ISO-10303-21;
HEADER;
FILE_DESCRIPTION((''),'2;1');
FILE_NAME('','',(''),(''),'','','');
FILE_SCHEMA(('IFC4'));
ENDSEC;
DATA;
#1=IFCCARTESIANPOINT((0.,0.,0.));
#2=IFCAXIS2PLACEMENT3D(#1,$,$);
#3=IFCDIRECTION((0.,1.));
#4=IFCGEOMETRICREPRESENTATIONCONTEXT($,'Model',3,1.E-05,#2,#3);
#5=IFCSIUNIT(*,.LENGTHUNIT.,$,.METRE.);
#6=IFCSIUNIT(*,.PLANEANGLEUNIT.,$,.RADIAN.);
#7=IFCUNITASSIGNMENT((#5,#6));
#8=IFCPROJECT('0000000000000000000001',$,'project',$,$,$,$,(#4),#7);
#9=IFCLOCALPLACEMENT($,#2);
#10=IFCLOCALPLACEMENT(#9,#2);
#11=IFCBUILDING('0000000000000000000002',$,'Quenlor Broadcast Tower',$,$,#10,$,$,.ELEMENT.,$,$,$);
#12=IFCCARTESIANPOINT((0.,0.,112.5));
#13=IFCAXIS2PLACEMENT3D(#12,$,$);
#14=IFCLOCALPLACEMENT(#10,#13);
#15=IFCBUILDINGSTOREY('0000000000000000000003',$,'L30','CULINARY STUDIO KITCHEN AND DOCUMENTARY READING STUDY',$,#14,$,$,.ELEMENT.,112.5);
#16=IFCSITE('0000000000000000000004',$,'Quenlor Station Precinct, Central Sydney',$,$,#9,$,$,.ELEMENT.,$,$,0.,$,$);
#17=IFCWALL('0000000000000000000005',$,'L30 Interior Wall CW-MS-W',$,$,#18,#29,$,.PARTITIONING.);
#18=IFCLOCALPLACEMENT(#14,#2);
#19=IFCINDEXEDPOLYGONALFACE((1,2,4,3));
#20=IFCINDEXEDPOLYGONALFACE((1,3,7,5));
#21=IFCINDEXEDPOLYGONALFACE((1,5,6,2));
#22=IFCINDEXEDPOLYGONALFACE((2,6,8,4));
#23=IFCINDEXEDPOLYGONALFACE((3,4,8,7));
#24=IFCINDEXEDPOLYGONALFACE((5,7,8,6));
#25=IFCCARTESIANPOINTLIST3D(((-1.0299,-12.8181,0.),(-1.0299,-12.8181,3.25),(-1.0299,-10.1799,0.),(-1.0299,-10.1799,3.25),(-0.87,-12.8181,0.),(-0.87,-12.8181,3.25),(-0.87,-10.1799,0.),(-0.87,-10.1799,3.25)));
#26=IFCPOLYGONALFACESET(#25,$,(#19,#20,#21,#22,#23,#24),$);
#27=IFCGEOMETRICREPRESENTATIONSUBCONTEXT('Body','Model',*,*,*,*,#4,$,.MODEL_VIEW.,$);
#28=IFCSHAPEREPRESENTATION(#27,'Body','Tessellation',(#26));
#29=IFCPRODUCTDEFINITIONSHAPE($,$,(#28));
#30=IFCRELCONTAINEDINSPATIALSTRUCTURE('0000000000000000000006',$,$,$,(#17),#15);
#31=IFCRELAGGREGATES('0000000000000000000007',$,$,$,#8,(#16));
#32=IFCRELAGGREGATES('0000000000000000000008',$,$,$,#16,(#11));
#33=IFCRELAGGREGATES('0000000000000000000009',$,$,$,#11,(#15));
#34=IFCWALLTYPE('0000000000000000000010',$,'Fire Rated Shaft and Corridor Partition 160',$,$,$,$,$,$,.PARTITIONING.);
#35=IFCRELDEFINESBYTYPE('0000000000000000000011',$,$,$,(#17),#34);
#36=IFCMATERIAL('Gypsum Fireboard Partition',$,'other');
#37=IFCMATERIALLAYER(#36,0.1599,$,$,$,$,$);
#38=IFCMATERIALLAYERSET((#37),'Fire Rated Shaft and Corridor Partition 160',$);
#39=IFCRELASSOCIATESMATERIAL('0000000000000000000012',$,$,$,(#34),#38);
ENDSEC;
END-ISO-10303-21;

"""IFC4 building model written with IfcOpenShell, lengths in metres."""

from ifc_helpers import new_model, si_unit, direction, frame, frame_2d, origin, place, context, subcontext, project, spatial, rectangle, extrude, material, layer, layer_set, type_object, element, save


model = new_model("IFC4")

# Units and contexts
model_context = context("Model", 3, precision=1e-05, world=origin(), true_north=direction((0.0, 1.0)))
body_context = subcontext(model_context, "Body", "Model", "MODEL_VIEW")
ifc_project = project(units=[si_unit("LENGTHUNIT", "METRE"), si_unit("PLANEANGLEUNIT", "RADIAN")], contexts=[model_context])

# Site, building, storey
site_placement = place(None, origin())
site = spatial("IfcSite", under=ifc_project, at=site_placement, Name="Quenlor Station Precinct, Central Sydney", CompositionType="ELEMENT", RefElevation=0.0)
building_placement = place(site_placement, origin())
building = spatial("IfcBuilding", under=site, at=building_placement, Name="Quenlor Broadcast Tower", CompositionType="ELEMENT")
storey_placement = place(building_placement, frame((0.0, 0.0, 112.5)))
storey = spatial("IfcBuildingStorey", under=building, at=storey_placement, Name="L30", Description="CULINARY STUDIO KITCHEN AND DOCUMENTARY READING STUDY", CompositionType="ELEMENT", Elevation=112.5)

# Shared definitions
ifc_material_1 = material(Name="Gypsum Fireboard Partition", Category="other")
ifc_layer_1 = layer(ifc_material_1, 0.1599)
ifc_layer_set_1 = layer_set([ifc_layer_1], Name="Fire Rated Shaft and Corridor Partition 160")
wall_type_1 = type_object("IfcWallType", Name="Fire Rated Shaft and Corridor Partition 160", PredefinedType="PARTITIONING", material=ifc_layer_set_1)

# Wall
wall_1_placement = place(storey_placement, frame((-0.95, -12.8181, 0.0), z_axis=(0.0, 0.0, 1.0), x_axis=(0.0, 1.0, 0.0)))
element("IfcWall", 1, at=wall_1_placement, inside=storey, type_object=wall_type_1, Name="L30 Interior Wall CW-MS-W", PredefinedType="PARTITIONING", context=body_context, shape_type="SweptSolid", body=[
    extrude(rectangle(XDim=2.6382, YDim=0.1599, at=frame_2d((1.3191, 0.0))), origin(), (0.0, 0.0, 1.0), 3.25),
])

save(model, "model.ifc")
